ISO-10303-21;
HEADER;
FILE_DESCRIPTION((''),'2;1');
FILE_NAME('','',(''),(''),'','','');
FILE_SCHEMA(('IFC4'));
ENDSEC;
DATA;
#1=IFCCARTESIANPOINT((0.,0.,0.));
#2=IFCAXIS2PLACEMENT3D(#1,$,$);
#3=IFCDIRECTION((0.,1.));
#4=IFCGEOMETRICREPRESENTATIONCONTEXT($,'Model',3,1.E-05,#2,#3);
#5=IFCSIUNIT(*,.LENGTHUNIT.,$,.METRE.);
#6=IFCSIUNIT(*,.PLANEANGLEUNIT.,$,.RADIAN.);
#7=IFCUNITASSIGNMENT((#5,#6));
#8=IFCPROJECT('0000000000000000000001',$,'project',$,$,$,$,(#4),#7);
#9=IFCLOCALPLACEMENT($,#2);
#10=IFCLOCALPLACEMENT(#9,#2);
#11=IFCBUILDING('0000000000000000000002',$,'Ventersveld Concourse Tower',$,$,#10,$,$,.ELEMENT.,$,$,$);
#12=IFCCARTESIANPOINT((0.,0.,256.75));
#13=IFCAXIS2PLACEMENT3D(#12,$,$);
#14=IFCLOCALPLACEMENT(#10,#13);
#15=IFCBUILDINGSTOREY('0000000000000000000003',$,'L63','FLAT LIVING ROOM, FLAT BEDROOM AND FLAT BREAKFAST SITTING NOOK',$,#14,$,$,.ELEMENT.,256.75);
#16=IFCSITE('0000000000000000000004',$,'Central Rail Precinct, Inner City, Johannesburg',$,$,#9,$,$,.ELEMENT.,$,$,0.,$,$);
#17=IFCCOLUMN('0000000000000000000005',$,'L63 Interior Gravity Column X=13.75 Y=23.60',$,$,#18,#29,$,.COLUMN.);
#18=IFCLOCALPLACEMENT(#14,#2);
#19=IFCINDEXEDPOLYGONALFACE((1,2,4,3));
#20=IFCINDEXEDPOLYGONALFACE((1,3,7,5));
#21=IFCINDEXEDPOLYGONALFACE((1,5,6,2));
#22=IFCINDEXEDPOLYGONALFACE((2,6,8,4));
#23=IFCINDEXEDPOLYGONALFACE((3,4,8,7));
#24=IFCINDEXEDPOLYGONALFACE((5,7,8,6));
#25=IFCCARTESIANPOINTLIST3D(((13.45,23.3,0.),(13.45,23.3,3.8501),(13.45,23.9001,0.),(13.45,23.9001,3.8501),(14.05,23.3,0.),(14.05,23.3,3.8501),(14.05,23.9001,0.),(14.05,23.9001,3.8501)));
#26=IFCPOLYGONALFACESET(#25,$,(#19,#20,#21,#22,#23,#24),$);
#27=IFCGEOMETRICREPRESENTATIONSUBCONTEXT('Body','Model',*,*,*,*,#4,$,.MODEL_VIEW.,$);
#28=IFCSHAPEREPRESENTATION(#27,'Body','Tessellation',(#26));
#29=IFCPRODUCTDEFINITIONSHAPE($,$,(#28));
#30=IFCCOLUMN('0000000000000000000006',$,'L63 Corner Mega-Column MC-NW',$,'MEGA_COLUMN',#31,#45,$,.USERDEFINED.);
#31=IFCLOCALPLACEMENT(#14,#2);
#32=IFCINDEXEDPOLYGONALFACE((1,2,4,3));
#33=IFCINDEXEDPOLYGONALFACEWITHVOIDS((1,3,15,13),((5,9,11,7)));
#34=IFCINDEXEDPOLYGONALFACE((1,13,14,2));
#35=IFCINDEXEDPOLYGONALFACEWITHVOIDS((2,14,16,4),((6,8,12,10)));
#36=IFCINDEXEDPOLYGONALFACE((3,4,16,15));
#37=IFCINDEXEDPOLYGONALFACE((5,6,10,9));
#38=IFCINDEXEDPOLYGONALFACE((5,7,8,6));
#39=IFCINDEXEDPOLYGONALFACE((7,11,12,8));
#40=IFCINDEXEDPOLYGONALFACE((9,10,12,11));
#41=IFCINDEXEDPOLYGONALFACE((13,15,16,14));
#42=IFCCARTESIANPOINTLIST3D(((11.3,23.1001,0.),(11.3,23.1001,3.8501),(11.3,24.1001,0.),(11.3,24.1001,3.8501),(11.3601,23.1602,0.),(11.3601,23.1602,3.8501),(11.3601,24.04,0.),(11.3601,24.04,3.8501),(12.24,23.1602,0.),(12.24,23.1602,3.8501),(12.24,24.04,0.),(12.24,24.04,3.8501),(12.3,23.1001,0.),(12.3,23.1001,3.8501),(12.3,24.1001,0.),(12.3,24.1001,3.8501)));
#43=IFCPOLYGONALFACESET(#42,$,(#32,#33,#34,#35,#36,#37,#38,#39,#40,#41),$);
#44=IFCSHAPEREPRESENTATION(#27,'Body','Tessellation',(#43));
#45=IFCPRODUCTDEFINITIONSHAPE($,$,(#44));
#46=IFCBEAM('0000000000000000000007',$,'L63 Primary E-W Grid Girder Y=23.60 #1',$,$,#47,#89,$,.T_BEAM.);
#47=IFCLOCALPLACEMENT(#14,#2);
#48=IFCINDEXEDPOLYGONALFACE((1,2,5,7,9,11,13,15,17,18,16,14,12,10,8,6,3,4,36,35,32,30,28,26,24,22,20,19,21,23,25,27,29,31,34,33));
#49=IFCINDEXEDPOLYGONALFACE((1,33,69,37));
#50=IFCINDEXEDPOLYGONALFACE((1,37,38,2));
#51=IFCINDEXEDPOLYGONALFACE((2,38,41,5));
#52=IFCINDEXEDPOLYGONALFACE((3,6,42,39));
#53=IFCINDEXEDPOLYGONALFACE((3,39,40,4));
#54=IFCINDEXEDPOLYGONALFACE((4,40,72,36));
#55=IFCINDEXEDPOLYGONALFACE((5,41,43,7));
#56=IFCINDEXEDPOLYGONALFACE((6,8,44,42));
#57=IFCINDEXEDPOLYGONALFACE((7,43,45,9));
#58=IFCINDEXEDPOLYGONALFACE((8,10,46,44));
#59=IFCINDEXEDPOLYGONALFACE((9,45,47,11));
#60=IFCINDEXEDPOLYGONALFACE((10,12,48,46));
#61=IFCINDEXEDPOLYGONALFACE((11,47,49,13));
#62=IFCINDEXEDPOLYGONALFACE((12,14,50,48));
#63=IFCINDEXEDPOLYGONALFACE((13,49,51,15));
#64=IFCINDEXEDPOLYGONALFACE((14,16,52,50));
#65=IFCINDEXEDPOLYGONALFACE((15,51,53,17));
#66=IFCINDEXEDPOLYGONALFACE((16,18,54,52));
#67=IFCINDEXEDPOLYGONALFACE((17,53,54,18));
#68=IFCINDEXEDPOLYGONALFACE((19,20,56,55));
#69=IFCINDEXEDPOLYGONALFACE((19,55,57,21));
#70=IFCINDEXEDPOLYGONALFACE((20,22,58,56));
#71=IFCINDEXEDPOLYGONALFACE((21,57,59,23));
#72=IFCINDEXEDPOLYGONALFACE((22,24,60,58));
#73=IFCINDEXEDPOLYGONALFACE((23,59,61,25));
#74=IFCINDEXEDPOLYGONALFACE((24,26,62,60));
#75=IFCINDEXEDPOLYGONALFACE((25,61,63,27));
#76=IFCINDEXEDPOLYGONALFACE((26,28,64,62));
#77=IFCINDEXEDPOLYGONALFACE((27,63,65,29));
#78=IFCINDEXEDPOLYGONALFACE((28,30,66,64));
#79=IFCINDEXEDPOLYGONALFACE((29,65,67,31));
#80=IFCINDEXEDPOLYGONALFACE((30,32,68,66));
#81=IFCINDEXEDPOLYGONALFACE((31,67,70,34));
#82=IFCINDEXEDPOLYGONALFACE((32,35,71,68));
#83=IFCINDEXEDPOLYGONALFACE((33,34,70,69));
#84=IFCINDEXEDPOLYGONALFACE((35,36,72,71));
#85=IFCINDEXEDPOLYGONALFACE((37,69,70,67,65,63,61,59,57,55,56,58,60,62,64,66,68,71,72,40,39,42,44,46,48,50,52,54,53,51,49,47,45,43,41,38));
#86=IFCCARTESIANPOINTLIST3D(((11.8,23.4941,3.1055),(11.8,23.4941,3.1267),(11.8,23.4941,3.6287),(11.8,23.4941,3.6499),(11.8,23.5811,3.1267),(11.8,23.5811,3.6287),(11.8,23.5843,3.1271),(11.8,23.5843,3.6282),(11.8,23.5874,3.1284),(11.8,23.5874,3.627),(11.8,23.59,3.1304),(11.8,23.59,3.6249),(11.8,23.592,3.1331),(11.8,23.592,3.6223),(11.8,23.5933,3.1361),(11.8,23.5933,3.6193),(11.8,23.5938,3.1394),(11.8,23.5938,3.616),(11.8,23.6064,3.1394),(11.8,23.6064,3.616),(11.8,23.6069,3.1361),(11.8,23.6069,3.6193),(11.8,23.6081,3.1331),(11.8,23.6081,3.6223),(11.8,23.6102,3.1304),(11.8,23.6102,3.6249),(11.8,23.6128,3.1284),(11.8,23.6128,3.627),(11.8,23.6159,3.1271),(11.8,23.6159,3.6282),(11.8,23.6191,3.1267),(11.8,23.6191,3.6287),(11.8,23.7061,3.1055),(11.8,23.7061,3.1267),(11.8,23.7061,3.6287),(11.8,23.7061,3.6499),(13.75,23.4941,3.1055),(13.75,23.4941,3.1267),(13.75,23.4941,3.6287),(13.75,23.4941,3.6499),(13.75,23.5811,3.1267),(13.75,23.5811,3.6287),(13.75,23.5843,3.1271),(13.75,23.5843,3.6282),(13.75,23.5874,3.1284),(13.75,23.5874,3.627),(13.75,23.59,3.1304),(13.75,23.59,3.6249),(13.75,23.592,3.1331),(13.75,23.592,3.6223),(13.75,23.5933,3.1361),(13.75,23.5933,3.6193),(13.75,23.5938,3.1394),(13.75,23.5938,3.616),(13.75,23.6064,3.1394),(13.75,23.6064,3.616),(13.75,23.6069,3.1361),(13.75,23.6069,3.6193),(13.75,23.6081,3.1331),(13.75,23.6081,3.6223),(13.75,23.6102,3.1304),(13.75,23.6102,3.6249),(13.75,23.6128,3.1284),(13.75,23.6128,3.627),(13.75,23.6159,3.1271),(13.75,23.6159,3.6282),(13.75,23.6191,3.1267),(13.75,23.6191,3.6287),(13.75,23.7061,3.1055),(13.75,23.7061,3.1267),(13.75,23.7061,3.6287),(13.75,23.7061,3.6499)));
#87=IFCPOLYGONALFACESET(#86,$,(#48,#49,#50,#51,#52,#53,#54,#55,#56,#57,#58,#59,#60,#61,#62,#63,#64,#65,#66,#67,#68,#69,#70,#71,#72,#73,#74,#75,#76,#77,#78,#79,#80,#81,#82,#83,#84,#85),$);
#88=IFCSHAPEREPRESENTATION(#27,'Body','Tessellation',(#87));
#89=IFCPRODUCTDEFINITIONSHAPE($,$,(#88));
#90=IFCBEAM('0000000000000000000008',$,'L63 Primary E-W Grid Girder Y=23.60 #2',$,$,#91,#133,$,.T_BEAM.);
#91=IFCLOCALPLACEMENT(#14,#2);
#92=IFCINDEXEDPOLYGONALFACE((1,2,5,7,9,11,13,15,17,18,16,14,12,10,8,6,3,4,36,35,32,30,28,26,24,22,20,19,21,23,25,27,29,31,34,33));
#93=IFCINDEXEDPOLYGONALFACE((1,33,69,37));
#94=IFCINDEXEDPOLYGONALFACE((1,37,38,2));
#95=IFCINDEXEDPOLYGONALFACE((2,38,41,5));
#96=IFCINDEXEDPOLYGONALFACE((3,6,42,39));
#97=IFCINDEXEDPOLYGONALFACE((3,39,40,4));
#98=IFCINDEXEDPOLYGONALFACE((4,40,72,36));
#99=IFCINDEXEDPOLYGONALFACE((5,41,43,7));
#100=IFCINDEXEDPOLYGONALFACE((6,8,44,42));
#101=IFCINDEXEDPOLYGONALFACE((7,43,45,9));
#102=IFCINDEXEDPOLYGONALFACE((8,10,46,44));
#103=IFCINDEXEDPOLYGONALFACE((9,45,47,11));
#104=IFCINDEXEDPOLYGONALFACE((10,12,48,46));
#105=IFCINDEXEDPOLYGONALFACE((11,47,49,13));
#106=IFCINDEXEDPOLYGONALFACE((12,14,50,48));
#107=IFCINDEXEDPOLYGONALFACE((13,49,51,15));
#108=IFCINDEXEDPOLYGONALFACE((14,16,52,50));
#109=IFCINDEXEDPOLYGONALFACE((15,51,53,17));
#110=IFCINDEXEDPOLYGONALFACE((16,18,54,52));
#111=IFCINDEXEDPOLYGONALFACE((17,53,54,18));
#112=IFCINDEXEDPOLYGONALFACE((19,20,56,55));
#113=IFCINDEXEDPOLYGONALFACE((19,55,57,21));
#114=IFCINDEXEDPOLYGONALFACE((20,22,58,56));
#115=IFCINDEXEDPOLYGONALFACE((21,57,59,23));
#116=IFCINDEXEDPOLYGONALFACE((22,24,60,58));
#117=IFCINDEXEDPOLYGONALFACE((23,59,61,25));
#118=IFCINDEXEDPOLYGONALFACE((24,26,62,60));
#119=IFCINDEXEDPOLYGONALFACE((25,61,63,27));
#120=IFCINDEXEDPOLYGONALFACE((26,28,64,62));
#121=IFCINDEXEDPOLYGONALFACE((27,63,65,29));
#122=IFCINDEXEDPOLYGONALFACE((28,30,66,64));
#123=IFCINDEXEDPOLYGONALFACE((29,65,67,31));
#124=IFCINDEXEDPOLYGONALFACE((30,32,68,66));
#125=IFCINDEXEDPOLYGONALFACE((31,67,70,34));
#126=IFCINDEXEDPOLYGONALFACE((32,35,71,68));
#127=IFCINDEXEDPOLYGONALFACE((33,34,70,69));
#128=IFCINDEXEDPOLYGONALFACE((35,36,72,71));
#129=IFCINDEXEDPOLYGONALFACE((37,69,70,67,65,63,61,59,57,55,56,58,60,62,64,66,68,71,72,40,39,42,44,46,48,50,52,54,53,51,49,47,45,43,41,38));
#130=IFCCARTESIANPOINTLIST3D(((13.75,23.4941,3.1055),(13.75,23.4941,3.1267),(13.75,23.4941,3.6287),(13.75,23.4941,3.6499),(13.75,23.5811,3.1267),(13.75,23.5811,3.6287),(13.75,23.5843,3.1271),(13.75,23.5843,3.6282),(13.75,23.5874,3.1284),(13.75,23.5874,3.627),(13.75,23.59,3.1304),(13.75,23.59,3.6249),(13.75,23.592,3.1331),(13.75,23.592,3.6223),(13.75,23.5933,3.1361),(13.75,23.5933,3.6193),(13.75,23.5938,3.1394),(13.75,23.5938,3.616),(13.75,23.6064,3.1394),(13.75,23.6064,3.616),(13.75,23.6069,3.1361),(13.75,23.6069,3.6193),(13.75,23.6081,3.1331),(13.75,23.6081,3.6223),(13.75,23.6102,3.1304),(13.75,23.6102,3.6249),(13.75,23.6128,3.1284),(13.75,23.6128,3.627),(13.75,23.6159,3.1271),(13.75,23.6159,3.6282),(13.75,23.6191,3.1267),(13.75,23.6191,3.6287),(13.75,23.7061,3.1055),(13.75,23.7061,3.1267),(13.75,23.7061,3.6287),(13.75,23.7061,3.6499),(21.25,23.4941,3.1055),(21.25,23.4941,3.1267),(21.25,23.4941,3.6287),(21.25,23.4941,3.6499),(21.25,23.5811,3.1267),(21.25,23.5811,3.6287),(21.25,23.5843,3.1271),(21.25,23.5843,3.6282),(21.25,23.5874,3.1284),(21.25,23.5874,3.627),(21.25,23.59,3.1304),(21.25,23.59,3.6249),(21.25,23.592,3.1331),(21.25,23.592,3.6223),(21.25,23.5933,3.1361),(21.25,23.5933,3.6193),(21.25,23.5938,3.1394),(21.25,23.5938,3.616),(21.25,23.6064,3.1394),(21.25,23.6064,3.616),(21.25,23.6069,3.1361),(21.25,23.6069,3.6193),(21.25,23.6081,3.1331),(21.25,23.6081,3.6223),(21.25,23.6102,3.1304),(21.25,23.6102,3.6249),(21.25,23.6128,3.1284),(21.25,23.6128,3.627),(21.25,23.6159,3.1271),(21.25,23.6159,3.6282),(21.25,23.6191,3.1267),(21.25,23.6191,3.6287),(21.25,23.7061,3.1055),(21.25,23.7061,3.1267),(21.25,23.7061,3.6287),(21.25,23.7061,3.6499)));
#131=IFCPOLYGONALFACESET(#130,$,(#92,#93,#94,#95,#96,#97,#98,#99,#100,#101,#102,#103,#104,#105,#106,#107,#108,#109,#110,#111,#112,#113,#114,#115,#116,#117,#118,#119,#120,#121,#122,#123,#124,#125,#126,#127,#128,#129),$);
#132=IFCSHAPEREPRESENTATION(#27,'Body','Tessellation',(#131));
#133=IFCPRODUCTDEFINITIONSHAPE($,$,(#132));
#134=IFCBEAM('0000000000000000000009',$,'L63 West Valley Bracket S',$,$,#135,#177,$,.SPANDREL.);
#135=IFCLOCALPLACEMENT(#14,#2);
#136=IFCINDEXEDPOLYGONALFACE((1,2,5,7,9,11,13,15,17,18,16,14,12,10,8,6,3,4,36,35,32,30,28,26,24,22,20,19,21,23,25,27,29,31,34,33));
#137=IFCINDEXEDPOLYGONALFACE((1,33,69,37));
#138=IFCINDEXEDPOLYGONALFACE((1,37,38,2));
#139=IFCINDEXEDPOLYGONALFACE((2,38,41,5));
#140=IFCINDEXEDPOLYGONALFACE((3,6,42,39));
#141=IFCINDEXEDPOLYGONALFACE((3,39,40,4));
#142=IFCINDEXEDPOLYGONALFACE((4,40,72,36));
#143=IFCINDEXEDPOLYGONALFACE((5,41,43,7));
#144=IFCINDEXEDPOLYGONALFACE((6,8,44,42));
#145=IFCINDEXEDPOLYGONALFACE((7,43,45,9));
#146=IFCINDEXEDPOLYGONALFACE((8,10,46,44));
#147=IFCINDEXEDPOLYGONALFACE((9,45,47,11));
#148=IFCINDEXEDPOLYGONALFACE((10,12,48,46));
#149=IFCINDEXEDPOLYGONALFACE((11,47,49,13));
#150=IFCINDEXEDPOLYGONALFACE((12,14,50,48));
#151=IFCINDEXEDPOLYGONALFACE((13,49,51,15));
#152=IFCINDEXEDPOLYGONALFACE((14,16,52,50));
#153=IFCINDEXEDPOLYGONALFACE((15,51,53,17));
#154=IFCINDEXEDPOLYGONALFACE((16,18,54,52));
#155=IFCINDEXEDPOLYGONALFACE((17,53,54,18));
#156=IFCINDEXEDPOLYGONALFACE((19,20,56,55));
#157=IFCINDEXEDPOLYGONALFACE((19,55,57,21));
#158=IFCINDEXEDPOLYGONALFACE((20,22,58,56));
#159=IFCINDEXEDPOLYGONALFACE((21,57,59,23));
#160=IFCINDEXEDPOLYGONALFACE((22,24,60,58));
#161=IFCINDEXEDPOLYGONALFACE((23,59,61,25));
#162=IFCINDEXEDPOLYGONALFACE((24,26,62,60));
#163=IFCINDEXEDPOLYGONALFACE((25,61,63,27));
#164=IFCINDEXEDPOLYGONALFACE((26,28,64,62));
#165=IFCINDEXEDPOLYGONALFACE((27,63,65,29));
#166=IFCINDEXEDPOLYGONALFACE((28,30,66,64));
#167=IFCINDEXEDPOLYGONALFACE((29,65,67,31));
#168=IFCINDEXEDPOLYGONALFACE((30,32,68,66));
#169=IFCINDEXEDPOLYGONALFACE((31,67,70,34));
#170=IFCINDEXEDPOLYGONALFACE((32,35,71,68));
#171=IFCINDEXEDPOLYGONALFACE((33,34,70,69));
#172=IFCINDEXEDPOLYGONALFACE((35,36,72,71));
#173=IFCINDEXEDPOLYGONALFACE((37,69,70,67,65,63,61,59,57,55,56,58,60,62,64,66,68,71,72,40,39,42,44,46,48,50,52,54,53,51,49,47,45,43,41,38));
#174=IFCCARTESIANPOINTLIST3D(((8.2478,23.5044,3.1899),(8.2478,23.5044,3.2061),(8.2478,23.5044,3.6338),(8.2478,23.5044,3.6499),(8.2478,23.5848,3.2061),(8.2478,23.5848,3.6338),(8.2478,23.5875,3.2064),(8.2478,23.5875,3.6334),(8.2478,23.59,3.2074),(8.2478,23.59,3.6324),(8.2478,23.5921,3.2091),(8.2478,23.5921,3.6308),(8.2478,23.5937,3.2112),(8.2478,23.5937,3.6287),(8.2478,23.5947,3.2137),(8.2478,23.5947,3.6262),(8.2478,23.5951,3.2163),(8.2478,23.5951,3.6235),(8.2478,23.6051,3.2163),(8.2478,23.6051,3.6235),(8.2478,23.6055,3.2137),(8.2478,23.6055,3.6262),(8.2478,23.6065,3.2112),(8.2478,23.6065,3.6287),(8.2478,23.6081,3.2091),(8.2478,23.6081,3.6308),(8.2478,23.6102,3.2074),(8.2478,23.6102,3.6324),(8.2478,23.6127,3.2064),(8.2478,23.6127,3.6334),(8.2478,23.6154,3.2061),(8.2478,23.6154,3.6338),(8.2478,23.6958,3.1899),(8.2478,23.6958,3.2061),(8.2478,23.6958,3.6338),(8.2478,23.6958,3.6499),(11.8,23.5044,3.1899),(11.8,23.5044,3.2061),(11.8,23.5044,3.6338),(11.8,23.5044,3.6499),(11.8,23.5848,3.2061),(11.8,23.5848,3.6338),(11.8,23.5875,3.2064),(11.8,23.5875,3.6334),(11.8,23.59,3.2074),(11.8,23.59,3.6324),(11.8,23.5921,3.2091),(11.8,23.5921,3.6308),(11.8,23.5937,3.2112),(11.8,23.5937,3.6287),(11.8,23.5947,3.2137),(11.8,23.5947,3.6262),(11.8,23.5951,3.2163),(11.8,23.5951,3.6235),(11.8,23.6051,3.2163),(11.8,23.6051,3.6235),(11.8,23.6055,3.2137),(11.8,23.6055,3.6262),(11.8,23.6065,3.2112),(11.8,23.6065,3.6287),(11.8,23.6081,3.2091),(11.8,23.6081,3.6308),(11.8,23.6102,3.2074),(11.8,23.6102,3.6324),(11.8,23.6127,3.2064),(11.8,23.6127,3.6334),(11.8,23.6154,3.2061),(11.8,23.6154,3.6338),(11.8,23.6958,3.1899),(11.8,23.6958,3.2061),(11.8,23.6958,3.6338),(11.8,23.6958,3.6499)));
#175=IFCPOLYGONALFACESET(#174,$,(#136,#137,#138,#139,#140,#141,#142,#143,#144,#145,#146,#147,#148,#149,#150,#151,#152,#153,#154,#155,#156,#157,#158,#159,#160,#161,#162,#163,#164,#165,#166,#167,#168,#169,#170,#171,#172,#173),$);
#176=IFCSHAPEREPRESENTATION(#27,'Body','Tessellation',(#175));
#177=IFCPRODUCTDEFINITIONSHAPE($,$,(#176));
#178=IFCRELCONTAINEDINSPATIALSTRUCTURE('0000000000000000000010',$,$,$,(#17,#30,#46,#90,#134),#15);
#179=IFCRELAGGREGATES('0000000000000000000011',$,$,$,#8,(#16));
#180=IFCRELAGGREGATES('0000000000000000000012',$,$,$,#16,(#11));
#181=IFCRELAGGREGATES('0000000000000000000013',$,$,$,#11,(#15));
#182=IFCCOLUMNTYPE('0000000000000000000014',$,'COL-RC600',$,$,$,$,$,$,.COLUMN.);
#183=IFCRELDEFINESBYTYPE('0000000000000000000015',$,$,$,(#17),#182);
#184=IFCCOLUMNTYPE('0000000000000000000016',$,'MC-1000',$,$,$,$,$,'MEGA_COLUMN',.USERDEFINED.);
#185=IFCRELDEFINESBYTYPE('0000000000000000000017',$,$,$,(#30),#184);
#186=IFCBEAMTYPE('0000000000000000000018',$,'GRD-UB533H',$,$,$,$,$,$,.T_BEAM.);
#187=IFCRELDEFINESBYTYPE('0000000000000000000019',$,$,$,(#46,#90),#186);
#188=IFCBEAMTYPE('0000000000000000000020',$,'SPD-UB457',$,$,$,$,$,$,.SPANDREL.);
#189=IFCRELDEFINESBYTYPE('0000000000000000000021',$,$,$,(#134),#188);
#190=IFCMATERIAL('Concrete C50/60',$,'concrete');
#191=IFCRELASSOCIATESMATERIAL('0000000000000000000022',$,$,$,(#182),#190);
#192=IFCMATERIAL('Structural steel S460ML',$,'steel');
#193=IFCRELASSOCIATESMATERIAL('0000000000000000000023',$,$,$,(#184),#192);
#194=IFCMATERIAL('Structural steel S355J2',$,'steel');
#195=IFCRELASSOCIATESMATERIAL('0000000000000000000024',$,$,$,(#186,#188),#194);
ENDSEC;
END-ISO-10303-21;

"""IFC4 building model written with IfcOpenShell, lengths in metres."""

from ifc_helpers import new_model, si_unit, direction, frame, origin, origin_2d, place, context, subcontext, project, spatial, rectangle, hollow_rectangle, i_section, extrude, material, material_profile, profile_set, type_object, element, save


model = new_model("IFC4")

# Units and contexts
model_context = context("Model", 3, precision=1e-05, world=origin(), true_north=direction((0.0, 1.0)))
body_context = subcontext(model_context, "Body", "Model", "MODEL_VIEW")
ifc_project = project(units=[si_unit("LENGTHUNIT", "METRE"), si_unit("PLANEANGLEUNIT", "RADIAN")], contexts=[model_context])

# Site, building, storey
site_placement = place(None, origin())
site = spatial("IfcSite", under=ifc_project, at=site_placement, Name="Central Rail Precinct, Inner City, Johannesburg", CompositionType="ELEMENT", RefElevation=0.0)
building_placement = place(site_placement, origin())
building = spatial("IfcBuilding", under=site, at=building_placement, Name="Ventersveld Concourse Tower", CompositionType="ELEMENT")
storey_placement = place(building_placement, frame((0.0, 0.0, 256.75)))
storey = spatial("IfcBuildingStorey", under=building, at=storey_placement, Name="L63", Description="FLAT LIVING ROOM, FLAT BEDROOM AND FLAT BREAKFAST SITTING NOOK", CompositionType="ELEMENT", Elevation=256.75)

# Columns
ifc_material_1 = material(Name="Concrete C50/60", Category="concrete")
ifc_material_profile_1 = material_profile(ifc_material_1, rectangle(XDim=0.6001, YDim=0.6001, at=origin_2d()), Name="RC 600x600")
ifc_profile_set_1 = profile_set([ifc_material_profile_1], Name="Concrete C50/60")
column_type_1 = type_object("IfcColumnType", Name="COL-RC600", PredefinedType="COLUMN", material=ifc_profile_set_1)
column_1_placement = place(storey_placement, frame((13.75, 23.6001, 0.0), z_axis=(0.0, 0.0, 1.0), x_axis=(1.0, 0.0, 0.0)))
element("IfcColumn", 1, at=column_1_placement, inside=storey, type_object=column_type_1, Name="L63 Interior Gravity Column X=13.75 Y=23.60", PredefinedType="COLUMN", context=body_context, shape_type="SweptSolid", body=[
    extrude(rectangle(XDim=0.6001, YDim=0.6001, at=origin_2d()), origin(), (0.0, 0.0, 1.0), 3.8501),
])
ifc_material_2 = material(Name="Structural steel S460ML", Category="steel")
ifc_material_profile_2 = material_profile(ifc_material_2, hollow_rectangle(XDim=1.0, YDim=1.0, WallThickness=0.0601, at=origin_2d()), Name="BOX 1000x1000x60")
ifc_profile_set_2 = profile_set([ifc_material_profile_2], Name="Structural steel S460ML")
column_type_2 = type_object("IfcColumnType", Name="MC-1000", ElementType="MEGA_COLUMN", PredefinedType="USERDEFINED", material=ifc_profile_set_2)
column_2_placement = place(storey_placement, frame((11.8, 23.6001, 0.0), z_axis=(0.0, 0.0, 1.0), x_axis=(1.0, 0.0, 0.0)))
element("IfcColumn", 2, at=column_2_placement, inside=storey, type_object=column_type_2, Name="L63 Corner Mega-Column MC-NW", ObjectType="MEGA_COLUMN", PredefinedType="USERDEFINED", context=body_context, shape_type="SweptSolid", body=[
    extrude(hollow_rectangle(XDim=1.0, YDim=1.0, WallThickness=0.0601, at=origin_2d()), origin(), (0.0, 0.0, 1.0), 3.8501),
])

# Beams
ifc_material_3 = material(Name="Structural steel S355J2", Category="steel")
ifc_material_profile_3 = material_profile(ifc_material_3, i_section(OverallWidth=0.2119, OverallDepth=0.5444, WebThickness=0.0127, FlangeThickness=0.0212, FilletRadius=0.0127, at=origin_2d()), Name="UB 533x210x122")
ifc_profile_set_3 = profile_set([ifc_material_profile_3], Name="Structural steel S355J2")
beam_type_1 = type_object("IfcBeamType", Name="GRD-UB533H", PredefinedType="T_BEAM", material=ifc_profile_set_3)
beam_1_placement = place(storey_placement, frame((11.8, 23.6001, 3.3777), z_axis=(1.0, 0.0, 0.0), x_axis=(0.0, 1.0, 0.0)))
element("IfcBeam", 3, at=beam_1_placement, inside=storey, type_object=beam_type_1, Name="L63 Primary E-W Grid Girder Y=23.60 #1", PredefinedType="T_BEAM", context=body_context, shape_type="SweptSolid", body=[
    extrude(i_section(OverallWidth=0.2119, OverallDepth=0.5444, WebThickness=0.0127, FlangeThickness=0.0212, FilletRadius=0.0127, at=origin_2d()), origin(), (0.0, 0.0, 1.0), 1.95),
])
beam_2_placement = place(storey_placement, frame((13.75, 23.6001, 3.3777), z_axis=(1.0, 0.0, 0.0), x_axis=(0.0, 1.0, 0.0)))
element("IfcBeam", 4, at=beam_2_placement, inside=storey, type_object=beam_type_1, Name="L63 Primary E-W Grid Girder Y=23.60 #2", PredefinedType="T_BEAM", context=body_context, shape_type="SweptSolid", body=[
    extrude(i_section(OverallWidth=0.2119, OverallDepth=0.5444, WebThickness=0.0127, FlangeThickness=0.0212, FilletRadius=0.0127, at=origin_2d()), origin(), (0.0, 0.0, 1.0), 7.5),
])
ifc_material_profile_4 = material_profile(ifc_material_3, i_section(OverallWidth=0.1914, OverallDepth=0.46, WebThickness=0.01, FlangeThickness=0.0161, FilletRadius=0.0103, at=origin_2d()), Name="UB 457x191x82")
ifc_profile_set_4 = profile_set([ifc_material_profile_4], Name="Structural steel S355J2")
beam_type_2 = type_object("IfcBeamType", Name="SPD-UB457", PredefinedType="SPANDREL", material=ifc_profile_set_4)
beam_3_placement = place(storey_placement, frame((8.2478, 23.6001, 3.4199), z_axis=(1.0, 0.0, 0.0), x_axis=(0.0, 1.0, 0.0)))
element("IfcBeam", 5, at=beam_3_placement, inside=storey, type_object=beam_type_2, Name="L63 West Valley Bracket S", PredefinedType="SPANDREL", context=body_context, shape_type="SweptSolid", body=[
    extrude(i_section(OverallWidth=0.1914, OverallDepth=0.46, WebThickness=0.01, FlangeThickness=0.0161, FilletRadius=0.0103, at=origin_2d()), origin(), (0.0, 0.0, 1.0), 3.5522),
])

save(model, "model.ifc")
